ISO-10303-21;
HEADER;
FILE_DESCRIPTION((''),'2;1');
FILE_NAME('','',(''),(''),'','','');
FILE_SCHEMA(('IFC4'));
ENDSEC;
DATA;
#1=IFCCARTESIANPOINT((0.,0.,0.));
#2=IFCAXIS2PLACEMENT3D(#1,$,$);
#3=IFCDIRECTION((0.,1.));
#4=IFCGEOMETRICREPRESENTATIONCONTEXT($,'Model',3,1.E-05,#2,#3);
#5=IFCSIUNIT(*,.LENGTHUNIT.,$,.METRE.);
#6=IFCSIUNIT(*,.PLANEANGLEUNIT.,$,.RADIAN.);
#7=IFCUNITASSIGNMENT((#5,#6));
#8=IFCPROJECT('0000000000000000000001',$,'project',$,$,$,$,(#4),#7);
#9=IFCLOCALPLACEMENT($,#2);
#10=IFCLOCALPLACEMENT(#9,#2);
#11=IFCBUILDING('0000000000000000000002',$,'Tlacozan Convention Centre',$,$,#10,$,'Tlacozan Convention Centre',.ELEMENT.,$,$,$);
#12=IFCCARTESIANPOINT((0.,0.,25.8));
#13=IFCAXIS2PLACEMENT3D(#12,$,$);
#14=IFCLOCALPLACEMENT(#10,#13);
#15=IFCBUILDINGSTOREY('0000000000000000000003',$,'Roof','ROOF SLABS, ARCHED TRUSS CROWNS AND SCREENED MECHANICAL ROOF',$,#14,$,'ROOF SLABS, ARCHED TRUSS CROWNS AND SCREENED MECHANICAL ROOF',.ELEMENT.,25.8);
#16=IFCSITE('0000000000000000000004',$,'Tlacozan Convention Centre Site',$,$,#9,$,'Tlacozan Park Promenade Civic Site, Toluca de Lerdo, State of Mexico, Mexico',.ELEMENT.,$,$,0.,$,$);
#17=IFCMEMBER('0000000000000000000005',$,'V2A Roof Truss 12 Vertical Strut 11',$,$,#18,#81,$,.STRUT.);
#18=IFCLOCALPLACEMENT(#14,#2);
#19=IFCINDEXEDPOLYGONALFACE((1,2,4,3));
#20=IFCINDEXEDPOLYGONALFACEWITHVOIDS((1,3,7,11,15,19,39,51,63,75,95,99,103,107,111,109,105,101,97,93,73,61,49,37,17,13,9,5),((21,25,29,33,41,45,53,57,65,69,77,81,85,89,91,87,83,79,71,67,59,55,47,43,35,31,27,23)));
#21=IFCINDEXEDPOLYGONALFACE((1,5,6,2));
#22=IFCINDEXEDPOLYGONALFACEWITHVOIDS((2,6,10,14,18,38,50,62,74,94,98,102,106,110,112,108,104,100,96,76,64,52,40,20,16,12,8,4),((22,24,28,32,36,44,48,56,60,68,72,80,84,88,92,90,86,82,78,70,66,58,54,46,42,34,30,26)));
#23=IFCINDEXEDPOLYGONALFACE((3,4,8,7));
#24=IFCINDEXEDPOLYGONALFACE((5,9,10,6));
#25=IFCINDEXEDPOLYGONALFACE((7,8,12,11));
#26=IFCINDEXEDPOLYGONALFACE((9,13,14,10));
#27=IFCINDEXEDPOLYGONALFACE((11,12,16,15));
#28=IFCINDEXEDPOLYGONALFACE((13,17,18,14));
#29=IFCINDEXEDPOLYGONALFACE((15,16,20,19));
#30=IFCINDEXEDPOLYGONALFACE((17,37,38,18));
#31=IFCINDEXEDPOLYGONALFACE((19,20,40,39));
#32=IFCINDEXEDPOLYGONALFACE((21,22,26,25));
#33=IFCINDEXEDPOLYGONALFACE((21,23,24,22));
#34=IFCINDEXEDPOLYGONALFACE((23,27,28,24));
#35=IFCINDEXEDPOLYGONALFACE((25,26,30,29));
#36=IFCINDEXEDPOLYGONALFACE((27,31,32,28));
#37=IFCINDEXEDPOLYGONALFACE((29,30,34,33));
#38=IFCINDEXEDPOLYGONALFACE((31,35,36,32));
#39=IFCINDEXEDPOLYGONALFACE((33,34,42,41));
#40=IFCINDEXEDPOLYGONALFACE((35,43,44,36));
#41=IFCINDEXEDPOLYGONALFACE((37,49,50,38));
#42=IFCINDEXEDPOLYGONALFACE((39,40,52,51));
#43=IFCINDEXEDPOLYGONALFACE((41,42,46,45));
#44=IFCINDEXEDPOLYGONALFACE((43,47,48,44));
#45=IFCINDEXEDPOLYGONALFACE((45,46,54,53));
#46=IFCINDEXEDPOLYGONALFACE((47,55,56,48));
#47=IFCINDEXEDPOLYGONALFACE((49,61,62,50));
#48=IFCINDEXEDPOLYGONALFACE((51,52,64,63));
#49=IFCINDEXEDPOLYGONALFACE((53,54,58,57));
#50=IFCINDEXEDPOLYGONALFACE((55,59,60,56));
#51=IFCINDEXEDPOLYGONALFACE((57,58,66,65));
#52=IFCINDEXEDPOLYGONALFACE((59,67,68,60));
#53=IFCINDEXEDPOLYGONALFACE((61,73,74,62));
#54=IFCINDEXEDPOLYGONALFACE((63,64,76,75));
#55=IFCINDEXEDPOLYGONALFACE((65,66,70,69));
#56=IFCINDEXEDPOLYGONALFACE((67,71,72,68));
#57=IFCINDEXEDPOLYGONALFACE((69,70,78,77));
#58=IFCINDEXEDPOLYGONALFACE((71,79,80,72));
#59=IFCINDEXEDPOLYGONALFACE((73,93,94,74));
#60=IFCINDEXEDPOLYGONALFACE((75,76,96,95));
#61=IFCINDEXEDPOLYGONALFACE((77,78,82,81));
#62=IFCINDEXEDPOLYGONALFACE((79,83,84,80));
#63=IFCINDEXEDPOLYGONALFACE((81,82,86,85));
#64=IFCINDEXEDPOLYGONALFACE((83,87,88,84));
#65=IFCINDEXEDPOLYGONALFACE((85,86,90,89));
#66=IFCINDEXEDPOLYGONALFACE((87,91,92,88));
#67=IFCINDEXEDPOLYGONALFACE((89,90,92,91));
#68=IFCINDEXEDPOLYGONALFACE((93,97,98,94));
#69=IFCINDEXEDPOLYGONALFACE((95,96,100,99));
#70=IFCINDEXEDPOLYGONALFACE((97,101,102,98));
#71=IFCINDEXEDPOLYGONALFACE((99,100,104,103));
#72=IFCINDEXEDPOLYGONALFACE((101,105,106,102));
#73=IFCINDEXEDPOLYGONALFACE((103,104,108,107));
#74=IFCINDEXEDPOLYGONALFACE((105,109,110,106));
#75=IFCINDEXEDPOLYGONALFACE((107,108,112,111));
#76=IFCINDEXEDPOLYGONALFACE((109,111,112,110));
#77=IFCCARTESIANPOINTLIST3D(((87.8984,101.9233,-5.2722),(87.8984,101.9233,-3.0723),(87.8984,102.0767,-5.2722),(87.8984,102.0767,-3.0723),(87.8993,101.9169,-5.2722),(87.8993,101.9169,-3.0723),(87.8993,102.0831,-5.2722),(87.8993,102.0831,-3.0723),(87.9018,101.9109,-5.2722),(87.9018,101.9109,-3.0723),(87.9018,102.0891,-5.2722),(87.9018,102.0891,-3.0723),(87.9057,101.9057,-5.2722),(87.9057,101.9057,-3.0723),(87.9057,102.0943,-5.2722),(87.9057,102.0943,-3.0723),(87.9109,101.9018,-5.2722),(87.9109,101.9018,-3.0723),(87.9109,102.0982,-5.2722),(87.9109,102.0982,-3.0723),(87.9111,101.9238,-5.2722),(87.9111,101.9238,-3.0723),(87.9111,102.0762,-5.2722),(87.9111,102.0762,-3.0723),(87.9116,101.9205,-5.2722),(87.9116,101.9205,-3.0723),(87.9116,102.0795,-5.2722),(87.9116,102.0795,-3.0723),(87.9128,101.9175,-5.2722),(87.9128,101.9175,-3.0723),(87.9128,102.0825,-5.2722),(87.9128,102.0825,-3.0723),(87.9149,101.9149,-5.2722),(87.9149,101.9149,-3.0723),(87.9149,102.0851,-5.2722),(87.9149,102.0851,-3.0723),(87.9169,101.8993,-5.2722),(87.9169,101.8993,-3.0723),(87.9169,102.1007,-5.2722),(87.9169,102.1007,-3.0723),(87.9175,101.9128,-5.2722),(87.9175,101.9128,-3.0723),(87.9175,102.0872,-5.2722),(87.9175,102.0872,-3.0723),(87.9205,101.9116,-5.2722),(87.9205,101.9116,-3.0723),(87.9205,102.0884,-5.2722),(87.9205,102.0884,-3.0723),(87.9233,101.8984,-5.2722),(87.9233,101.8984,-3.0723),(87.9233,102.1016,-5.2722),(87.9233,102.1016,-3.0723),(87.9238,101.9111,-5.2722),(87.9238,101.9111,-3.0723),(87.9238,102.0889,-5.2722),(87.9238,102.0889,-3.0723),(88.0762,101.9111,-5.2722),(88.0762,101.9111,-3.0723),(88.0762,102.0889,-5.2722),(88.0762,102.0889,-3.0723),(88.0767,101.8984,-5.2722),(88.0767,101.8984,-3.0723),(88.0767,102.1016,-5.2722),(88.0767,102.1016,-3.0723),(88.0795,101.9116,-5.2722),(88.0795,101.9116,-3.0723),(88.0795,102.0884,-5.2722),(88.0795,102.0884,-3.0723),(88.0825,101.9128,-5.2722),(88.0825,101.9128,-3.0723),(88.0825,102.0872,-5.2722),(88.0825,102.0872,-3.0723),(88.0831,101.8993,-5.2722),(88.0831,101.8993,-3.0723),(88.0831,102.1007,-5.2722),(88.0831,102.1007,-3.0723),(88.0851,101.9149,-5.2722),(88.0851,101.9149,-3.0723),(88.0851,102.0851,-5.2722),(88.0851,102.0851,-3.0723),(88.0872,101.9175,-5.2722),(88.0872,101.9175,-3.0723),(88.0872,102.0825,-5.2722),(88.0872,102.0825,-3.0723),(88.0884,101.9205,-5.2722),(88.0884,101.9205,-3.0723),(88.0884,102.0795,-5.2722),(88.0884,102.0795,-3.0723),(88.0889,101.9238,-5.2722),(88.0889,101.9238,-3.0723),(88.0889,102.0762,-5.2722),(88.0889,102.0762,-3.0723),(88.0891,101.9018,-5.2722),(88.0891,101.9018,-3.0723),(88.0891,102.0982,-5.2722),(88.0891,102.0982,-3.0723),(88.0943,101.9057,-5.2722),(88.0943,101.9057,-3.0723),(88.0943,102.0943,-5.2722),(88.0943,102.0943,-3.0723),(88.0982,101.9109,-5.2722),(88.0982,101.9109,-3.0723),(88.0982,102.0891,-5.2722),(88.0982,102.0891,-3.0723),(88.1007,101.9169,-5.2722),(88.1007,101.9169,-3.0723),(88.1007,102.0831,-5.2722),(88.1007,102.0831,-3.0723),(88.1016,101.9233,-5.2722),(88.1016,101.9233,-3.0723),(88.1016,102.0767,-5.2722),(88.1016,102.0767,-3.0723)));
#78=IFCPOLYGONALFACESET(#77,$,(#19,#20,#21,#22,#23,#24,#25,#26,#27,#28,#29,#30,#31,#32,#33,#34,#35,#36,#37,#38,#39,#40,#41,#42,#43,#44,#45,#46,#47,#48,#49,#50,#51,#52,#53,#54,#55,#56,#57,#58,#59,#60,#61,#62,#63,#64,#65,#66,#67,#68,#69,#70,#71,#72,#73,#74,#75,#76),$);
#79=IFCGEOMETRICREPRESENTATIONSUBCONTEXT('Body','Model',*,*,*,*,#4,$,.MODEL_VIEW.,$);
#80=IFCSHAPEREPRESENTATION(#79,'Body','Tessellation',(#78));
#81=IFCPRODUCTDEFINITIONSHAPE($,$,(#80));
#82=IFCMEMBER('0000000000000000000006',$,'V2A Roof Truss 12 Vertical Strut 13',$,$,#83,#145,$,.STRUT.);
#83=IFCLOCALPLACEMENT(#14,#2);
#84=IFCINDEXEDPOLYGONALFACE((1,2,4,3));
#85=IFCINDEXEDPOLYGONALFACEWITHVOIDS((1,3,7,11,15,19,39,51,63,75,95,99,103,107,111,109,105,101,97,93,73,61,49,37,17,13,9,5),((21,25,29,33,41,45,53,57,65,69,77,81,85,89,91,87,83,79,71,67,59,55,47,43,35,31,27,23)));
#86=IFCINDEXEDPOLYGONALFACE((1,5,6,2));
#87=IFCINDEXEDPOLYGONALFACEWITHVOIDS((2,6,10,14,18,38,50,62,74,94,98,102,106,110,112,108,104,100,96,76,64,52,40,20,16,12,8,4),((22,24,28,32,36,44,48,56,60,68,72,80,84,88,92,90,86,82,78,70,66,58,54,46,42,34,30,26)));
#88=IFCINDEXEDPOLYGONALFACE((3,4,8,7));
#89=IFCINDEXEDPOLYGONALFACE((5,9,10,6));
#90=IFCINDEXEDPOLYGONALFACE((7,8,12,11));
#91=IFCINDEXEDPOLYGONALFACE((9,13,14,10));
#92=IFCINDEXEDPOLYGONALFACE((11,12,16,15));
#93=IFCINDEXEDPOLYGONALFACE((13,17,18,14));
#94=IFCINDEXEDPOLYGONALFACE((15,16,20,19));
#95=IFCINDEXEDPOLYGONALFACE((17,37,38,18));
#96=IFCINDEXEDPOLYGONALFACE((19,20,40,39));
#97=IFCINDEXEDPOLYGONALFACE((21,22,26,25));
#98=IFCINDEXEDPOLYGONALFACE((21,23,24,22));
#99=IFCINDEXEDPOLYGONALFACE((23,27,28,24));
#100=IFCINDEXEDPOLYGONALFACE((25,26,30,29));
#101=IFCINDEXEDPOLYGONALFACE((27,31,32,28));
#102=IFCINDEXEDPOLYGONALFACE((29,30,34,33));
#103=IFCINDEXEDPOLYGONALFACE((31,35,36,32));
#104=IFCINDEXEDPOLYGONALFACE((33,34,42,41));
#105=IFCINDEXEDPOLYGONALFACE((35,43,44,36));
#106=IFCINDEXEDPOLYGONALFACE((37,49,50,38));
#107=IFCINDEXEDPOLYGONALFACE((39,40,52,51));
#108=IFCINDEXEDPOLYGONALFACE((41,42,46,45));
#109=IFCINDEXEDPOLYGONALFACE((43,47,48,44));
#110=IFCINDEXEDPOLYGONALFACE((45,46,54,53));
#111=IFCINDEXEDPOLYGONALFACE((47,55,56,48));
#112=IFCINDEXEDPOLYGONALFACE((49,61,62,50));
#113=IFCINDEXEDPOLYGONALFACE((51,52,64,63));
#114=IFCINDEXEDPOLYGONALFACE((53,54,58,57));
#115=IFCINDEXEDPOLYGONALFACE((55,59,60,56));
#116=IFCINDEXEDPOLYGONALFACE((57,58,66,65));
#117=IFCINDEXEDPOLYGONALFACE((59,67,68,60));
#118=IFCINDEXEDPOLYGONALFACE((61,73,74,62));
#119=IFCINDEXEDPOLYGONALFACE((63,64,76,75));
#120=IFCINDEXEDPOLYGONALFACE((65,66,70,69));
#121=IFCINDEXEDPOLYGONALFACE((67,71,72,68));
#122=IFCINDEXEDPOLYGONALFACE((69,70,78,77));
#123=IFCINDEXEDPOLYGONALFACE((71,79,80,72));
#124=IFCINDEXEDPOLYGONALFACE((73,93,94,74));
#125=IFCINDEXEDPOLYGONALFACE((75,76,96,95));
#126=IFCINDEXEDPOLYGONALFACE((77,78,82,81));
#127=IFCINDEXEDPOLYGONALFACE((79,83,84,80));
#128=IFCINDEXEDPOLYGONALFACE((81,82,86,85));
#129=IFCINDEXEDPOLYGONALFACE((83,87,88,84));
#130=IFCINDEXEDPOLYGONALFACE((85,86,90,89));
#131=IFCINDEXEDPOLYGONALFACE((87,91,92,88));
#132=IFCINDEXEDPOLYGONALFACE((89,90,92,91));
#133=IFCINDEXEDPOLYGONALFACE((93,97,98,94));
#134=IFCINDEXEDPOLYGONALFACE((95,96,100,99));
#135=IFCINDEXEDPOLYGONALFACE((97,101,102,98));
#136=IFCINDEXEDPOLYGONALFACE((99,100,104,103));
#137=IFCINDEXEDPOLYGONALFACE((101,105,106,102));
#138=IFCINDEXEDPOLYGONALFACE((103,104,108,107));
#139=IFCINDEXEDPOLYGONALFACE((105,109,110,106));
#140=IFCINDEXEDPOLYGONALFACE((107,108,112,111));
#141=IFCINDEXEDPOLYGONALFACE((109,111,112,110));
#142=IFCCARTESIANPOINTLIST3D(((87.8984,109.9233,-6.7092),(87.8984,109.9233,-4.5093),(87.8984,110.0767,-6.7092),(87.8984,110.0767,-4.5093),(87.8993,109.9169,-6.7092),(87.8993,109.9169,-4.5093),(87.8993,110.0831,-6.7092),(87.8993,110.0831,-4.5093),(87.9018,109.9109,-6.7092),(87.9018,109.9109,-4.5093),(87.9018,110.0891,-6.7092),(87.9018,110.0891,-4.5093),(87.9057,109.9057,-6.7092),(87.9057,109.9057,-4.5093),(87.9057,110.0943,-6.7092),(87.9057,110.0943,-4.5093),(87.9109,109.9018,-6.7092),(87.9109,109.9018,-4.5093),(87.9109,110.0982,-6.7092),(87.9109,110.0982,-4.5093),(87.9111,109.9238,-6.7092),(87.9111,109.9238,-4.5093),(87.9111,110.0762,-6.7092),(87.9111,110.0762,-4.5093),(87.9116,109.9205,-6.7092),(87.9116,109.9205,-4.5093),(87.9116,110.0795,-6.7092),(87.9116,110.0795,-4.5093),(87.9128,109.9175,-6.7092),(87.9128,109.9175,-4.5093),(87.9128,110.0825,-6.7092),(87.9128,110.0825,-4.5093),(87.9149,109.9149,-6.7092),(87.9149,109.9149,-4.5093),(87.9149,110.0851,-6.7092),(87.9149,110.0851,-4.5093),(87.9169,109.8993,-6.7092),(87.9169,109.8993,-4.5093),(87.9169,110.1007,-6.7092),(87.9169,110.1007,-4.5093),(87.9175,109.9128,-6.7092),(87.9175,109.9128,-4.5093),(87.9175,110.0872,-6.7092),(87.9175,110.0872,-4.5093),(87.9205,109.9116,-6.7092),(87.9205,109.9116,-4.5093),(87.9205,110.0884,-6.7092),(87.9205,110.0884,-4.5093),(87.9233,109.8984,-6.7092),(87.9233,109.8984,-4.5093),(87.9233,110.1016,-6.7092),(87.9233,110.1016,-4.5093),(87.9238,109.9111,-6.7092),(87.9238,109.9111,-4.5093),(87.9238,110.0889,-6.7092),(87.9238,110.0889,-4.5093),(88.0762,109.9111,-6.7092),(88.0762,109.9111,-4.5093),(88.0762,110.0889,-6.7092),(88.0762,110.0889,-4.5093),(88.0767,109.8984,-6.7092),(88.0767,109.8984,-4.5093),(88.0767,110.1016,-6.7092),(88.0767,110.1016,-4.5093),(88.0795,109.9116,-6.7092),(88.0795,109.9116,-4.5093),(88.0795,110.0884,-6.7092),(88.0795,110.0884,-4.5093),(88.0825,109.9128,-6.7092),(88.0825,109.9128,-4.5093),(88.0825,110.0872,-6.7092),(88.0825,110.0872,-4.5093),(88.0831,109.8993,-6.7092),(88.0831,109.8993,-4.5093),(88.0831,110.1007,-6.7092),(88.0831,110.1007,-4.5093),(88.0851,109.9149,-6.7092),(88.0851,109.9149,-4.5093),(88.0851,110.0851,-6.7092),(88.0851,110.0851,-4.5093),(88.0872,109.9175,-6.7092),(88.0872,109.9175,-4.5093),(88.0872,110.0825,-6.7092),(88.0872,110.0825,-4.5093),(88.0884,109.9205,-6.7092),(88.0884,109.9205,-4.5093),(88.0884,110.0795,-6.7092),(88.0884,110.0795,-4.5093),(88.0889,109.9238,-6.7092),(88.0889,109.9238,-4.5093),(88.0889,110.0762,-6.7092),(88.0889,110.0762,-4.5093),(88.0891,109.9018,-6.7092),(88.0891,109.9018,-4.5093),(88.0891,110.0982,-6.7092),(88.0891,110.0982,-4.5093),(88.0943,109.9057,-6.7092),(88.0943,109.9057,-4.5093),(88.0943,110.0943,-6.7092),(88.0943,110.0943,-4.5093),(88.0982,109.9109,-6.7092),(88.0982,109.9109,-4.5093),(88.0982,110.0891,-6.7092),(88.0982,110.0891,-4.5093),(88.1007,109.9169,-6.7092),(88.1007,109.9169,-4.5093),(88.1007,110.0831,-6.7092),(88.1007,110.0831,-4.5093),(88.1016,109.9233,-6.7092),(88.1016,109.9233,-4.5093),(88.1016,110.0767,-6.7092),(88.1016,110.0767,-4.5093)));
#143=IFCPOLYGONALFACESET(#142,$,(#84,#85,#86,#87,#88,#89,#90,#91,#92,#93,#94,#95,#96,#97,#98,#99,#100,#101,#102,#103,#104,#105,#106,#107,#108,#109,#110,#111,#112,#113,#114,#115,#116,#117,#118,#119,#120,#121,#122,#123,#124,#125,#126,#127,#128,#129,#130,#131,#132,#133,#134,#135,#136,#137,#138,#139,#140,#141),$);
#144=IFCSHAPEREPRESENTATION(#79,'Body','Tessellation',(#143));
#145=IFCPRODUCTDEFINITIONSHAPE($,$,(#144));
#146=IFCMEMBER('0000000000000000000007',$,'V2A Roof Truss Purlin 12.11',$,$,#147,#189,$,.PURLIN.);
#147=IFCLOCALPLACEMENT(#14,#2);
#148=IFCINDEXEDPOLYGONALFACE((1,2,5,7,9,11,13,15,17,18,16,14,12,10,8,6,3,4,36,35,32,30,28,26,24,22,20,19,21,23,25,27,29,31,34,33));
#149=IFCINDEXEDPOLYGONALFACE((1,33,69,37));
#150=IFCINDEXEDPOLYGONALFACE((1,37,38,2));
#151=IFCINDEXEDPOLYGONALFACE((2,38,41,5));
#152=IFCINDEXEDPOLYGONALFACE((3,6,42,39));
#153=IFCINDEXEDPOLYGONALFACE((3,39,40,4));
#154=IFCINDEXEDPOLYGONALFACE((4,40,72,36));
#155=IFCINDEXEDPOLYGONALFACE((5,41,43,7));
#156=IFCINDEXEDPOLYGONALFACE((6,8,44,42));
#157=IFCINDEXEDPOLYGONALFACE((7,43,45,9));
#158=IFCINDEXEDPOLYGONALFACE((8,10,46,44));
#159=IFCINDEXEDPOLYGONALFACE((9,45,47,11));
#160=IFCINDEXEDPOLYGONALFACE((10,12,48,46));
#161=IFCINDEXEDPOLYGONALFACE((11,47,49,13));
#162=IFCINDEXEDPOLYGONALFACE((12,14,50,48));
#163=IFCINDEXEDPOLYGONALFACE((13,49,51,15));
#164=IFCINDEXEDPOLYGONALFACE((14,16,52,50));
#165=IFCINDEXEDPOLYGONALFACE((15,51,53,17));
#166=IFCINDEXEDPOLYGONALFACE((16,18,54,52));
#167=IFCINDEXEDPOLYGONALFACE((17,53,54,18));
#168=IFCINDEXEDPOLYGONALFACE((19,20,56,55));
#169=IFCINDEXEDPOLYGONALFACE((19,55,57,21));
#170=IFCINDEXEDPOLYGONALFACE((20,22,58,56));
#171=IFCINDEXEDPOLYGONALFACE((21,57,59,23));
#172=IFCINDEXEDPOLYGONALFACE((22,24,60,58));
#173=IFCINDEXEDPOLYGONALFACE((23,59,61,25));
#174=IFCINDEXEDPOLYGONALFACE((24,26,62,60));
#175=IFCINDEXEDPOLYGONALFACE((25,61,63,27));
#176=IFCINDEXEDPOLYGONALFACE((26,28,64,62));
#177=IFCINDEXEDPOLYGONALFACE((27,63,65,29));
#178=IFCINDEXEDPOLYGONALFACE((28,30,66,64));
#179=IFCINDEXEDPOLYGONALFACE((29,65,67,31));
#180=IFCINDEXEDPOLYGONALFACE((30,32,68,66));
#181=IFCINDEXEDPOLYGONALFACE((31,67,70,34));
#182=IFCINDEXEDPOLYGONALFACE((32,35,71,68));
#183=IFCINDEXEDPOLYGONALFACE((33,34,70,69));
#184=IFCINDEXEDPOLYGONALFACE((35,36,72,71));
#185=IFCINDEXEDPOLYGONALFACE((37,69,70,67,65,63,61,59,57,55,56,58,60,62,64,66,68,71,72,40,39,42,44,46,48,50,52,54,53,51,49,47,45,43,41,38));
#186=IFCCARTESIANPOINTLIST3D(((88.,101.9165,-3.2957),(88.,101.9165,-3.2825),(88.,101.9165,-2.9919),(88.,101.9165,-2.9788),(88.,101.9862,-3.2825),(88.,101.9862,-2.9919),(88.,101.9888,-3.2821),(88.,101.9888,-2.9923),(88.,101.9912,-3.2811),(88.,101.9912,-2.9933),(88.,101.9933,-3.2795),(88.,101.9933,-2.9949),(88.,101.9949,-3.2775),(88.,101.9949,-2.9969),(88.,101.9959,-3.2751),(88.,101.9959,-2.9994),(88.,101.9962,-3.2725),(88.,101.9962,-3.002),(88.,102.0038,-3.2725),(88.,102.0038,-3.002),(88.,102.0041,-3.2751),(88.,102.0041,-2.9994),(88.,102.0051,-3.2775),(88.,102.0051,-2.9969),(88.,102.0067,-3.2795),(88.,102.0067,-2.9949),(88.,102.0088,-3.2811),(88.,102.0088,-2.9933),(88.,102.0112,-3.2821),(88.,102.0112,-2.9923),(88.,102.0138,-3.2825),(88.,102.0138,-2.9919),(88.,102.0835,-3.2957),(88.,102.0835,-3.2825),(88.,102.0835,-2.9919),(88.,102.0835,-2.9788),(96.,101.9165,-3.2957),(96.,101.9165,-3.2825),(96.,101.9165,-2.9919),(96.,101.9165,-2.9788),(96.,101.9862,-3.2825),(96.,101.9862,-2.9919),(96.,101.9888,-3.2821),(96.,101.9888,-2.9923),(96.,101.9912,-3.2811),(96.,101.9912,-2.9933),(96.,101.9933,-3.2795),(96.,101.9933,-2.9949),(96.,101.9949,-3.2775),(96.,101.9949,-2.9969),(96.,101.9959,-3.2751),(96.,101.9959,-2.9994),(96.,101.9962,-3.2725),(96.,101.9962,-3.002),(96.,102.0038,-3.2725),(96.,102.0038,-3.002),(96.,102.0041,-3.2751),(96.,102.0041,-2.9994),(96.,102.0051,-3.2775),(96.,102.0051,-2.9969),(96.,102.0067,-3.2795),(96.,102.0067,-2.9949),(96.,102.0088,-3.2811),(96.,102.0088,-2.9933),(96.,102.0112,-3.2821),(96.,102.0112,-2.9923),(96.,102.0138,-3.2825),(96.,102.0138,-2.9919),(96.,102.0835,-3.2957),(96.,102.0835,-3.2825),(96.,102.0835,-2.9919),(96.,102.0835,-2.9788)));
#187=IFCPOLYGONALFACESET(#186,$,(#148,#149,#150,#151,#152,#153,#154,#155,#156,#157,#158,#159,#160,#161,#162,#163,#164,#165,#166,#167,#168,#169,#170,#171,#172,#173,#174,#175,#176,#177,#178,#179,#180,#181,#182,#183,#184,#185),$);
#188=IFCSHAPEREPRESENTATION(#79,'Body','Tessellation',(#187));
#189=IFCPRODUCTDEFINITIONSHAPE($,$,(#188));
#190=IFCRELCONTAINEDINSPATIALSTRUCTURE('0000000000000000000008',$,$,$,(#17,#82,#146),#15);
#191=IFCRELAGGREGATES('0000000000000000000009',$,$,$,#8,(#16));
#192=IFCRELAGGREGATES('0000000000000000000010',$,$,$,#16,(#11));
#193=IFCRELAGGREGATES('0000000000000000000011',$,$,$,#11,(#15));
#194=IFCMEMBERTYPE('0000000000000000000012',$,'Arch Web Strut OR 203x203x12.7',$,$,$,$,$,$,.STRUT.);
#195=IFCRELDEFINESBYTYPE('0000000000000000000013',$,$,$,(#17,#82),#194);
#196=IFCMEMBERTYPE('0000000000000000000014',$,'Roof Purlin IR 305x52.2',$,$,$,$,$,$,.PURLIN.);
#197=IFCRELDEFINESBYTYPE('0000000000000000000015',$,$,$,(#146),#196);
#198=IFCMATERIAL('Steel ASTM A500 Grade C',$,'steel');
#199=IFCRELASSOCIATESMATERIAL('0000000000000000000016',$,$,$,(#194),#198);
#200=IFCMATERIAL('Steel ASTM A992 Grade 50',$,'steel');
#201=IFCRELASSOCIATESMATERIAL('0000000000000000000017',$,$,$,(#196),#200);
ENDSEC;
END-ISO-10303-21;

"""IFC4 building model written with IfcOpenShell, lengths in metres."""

from ifc_helpers import new_model, si_unit, direction, frame, origin, origin_2d, place, context, subcontext, project, spatial, hollow_rectangle, i_section, extrude, material, material_profile, profile_set, type_object, element, save


model = new_model("IFC4")

# Units and contexts
model_context = context("Model", 3, precision=1e-05, world=origin(), true_north=direction((0.0, 1.0)))
body_context = subcontext(model_context, "Body", "Model", "MODEL_VIEW")
ifc_project = project(units=[si_unit("LENGTHUNIT", "METRE"), si_unit("PLANEANGLEUNIT", "RADIAN")], contexts=[model_context])

# Site, building, storey
site_placement = place(None, origin())
site = spatial("IfcSite", under=ifc_project, at=site_placement, Name="Tlacozan Convention Centre Site", LongName="Tlacozan Park Promenade Civic Site, Toluca de Lerdo, State of Mexico, Mexico", CompositionType="ELEMENT", RefElevation=0.0)
building_placement = place(site_placement, origin())
building = spatial("IfcBuilding", under=site, at=building_placement, Name="Tlacozan Convention Centre", LongName="Tlacozan Convention Centre", CompositionType="ELEMENT")
storey_placement = place(building_placement, frame((0.0, 0.0, 25.8)))
storey = spatial("IfcBuildingStorey", under=building, at=storey_placement, Name="Roof", Description="ROOF SLABS, ARCHED TRUSS CROWNS AND SCREENED MECHANICAL ROOF", LongName="ROOF SLABS, ARCHED TRUSS CROWNS AND SCREENED MECHANICAL ROOF", CompositionType="ELEMENT", Elevation=25.8)

# Members
ifc_material_1 = material(Name="Steel ASTM A500 Grade C", Category="steel")
ifc_material_profile_1 = material_profile(ifc_material_1, hollow_rectangle(XDim=0.2031, YDim=0.2031, WallThickness=0.0127, InnerFilletRadius=0.0127, OuterFilletRadius=0.0249, at=origin_2d()), Name="OR 203x203x12.7")
ifc_profile_set_1 = profile_set([ifc_material_profile_1], Name="Steel ASTM A500 Grade C")
member_type_1 = type_object("IfcMemberType", Name="Arch Web Strut OR 203x203x12.7", PredefinedType="STRUT", material=ifc_profile_set_1)
for number, where, z_axis, x_axis, name in (
    (1, (88.0, 102.0, -5.2722), (0.0, 0.0, 1.0), (1.0, 0.0, 0.0), "V2A Roof Truss 12 Vertical Strut 11"),
    (2, (88.0, 110.0, -6.7092), (0.0, 0.0, 1.0), (1.0, 0.0, 0.0), "V2A Roof Truss 12 Vertical Strut 13"),
):
    element("IfcMember", number, at=place(storey_placement, frame(where, z_axis=z_axis, x_axis=x_axis)), inside=storey, type_object=member_type_1, Name=name, PredefinedType="STRUT", context=body_context, shape_type="SweptSolid", body=[
        extrude(hollow_rectangle(XDim=0.2031, YDim=0.2031, WallThickness=0.0127, InnerFilletRadius=0.0127, OuterFilletRadius=0.0249, at=origin_2d()), origin(), (0.0, 0.0, 1.0), 2.2),
    ])
ifc_material_2 = material(Name="Steel ASTM A992 Grade 50", Category="steel")
ifc_material_profile_2 = material_profile(ifc_material_2, i_section(OverallWidth=0.167, OverallDepth=0.3169, WebThickness=0.0076, FlangeThickness=0.0132, FilletRadius=0.01, at=origin_2d()), Name="IR 305x52.2")
ifc_profile_set_2 = profile_set([ifc_material_profile_2], Name="Steel ASTM A992 Grade 50")
member_type_2 = type_object("IfcMemberType", Name="Roof Purlin IR 305x52.2", PredefinedType="PURLIN", material=ifc_profile_set_2)
for number, where, z_axis, x_axis, name in (
    (3, (88.0, 102.0, -3.1372), (1.0, 0.0, 0.0), (0.0, 1.0, 0.0), "V2A Roof Truss Purlin 12.11"),
):
    element("IfcMember", number, at=place(storey_placement, frame(where, z_axis=z_axis, x_axis=x_axis)), inside=storey, type_object=member_type_2, Name=name, PredefinedType="PURLIN", context=body_context, shape_type="SweptSolid", body=[
        extrude(i_section(OverallWidth=0.167, OverallDepth=0.3169, WebThickness=0.0076, FlangeThickness=0.0132, FilletRadius=0.01, at=origin_2d()), origin(), (0.0, 0.0, 1.0), 8.0),
    ])

save(model, "model.ifc")
